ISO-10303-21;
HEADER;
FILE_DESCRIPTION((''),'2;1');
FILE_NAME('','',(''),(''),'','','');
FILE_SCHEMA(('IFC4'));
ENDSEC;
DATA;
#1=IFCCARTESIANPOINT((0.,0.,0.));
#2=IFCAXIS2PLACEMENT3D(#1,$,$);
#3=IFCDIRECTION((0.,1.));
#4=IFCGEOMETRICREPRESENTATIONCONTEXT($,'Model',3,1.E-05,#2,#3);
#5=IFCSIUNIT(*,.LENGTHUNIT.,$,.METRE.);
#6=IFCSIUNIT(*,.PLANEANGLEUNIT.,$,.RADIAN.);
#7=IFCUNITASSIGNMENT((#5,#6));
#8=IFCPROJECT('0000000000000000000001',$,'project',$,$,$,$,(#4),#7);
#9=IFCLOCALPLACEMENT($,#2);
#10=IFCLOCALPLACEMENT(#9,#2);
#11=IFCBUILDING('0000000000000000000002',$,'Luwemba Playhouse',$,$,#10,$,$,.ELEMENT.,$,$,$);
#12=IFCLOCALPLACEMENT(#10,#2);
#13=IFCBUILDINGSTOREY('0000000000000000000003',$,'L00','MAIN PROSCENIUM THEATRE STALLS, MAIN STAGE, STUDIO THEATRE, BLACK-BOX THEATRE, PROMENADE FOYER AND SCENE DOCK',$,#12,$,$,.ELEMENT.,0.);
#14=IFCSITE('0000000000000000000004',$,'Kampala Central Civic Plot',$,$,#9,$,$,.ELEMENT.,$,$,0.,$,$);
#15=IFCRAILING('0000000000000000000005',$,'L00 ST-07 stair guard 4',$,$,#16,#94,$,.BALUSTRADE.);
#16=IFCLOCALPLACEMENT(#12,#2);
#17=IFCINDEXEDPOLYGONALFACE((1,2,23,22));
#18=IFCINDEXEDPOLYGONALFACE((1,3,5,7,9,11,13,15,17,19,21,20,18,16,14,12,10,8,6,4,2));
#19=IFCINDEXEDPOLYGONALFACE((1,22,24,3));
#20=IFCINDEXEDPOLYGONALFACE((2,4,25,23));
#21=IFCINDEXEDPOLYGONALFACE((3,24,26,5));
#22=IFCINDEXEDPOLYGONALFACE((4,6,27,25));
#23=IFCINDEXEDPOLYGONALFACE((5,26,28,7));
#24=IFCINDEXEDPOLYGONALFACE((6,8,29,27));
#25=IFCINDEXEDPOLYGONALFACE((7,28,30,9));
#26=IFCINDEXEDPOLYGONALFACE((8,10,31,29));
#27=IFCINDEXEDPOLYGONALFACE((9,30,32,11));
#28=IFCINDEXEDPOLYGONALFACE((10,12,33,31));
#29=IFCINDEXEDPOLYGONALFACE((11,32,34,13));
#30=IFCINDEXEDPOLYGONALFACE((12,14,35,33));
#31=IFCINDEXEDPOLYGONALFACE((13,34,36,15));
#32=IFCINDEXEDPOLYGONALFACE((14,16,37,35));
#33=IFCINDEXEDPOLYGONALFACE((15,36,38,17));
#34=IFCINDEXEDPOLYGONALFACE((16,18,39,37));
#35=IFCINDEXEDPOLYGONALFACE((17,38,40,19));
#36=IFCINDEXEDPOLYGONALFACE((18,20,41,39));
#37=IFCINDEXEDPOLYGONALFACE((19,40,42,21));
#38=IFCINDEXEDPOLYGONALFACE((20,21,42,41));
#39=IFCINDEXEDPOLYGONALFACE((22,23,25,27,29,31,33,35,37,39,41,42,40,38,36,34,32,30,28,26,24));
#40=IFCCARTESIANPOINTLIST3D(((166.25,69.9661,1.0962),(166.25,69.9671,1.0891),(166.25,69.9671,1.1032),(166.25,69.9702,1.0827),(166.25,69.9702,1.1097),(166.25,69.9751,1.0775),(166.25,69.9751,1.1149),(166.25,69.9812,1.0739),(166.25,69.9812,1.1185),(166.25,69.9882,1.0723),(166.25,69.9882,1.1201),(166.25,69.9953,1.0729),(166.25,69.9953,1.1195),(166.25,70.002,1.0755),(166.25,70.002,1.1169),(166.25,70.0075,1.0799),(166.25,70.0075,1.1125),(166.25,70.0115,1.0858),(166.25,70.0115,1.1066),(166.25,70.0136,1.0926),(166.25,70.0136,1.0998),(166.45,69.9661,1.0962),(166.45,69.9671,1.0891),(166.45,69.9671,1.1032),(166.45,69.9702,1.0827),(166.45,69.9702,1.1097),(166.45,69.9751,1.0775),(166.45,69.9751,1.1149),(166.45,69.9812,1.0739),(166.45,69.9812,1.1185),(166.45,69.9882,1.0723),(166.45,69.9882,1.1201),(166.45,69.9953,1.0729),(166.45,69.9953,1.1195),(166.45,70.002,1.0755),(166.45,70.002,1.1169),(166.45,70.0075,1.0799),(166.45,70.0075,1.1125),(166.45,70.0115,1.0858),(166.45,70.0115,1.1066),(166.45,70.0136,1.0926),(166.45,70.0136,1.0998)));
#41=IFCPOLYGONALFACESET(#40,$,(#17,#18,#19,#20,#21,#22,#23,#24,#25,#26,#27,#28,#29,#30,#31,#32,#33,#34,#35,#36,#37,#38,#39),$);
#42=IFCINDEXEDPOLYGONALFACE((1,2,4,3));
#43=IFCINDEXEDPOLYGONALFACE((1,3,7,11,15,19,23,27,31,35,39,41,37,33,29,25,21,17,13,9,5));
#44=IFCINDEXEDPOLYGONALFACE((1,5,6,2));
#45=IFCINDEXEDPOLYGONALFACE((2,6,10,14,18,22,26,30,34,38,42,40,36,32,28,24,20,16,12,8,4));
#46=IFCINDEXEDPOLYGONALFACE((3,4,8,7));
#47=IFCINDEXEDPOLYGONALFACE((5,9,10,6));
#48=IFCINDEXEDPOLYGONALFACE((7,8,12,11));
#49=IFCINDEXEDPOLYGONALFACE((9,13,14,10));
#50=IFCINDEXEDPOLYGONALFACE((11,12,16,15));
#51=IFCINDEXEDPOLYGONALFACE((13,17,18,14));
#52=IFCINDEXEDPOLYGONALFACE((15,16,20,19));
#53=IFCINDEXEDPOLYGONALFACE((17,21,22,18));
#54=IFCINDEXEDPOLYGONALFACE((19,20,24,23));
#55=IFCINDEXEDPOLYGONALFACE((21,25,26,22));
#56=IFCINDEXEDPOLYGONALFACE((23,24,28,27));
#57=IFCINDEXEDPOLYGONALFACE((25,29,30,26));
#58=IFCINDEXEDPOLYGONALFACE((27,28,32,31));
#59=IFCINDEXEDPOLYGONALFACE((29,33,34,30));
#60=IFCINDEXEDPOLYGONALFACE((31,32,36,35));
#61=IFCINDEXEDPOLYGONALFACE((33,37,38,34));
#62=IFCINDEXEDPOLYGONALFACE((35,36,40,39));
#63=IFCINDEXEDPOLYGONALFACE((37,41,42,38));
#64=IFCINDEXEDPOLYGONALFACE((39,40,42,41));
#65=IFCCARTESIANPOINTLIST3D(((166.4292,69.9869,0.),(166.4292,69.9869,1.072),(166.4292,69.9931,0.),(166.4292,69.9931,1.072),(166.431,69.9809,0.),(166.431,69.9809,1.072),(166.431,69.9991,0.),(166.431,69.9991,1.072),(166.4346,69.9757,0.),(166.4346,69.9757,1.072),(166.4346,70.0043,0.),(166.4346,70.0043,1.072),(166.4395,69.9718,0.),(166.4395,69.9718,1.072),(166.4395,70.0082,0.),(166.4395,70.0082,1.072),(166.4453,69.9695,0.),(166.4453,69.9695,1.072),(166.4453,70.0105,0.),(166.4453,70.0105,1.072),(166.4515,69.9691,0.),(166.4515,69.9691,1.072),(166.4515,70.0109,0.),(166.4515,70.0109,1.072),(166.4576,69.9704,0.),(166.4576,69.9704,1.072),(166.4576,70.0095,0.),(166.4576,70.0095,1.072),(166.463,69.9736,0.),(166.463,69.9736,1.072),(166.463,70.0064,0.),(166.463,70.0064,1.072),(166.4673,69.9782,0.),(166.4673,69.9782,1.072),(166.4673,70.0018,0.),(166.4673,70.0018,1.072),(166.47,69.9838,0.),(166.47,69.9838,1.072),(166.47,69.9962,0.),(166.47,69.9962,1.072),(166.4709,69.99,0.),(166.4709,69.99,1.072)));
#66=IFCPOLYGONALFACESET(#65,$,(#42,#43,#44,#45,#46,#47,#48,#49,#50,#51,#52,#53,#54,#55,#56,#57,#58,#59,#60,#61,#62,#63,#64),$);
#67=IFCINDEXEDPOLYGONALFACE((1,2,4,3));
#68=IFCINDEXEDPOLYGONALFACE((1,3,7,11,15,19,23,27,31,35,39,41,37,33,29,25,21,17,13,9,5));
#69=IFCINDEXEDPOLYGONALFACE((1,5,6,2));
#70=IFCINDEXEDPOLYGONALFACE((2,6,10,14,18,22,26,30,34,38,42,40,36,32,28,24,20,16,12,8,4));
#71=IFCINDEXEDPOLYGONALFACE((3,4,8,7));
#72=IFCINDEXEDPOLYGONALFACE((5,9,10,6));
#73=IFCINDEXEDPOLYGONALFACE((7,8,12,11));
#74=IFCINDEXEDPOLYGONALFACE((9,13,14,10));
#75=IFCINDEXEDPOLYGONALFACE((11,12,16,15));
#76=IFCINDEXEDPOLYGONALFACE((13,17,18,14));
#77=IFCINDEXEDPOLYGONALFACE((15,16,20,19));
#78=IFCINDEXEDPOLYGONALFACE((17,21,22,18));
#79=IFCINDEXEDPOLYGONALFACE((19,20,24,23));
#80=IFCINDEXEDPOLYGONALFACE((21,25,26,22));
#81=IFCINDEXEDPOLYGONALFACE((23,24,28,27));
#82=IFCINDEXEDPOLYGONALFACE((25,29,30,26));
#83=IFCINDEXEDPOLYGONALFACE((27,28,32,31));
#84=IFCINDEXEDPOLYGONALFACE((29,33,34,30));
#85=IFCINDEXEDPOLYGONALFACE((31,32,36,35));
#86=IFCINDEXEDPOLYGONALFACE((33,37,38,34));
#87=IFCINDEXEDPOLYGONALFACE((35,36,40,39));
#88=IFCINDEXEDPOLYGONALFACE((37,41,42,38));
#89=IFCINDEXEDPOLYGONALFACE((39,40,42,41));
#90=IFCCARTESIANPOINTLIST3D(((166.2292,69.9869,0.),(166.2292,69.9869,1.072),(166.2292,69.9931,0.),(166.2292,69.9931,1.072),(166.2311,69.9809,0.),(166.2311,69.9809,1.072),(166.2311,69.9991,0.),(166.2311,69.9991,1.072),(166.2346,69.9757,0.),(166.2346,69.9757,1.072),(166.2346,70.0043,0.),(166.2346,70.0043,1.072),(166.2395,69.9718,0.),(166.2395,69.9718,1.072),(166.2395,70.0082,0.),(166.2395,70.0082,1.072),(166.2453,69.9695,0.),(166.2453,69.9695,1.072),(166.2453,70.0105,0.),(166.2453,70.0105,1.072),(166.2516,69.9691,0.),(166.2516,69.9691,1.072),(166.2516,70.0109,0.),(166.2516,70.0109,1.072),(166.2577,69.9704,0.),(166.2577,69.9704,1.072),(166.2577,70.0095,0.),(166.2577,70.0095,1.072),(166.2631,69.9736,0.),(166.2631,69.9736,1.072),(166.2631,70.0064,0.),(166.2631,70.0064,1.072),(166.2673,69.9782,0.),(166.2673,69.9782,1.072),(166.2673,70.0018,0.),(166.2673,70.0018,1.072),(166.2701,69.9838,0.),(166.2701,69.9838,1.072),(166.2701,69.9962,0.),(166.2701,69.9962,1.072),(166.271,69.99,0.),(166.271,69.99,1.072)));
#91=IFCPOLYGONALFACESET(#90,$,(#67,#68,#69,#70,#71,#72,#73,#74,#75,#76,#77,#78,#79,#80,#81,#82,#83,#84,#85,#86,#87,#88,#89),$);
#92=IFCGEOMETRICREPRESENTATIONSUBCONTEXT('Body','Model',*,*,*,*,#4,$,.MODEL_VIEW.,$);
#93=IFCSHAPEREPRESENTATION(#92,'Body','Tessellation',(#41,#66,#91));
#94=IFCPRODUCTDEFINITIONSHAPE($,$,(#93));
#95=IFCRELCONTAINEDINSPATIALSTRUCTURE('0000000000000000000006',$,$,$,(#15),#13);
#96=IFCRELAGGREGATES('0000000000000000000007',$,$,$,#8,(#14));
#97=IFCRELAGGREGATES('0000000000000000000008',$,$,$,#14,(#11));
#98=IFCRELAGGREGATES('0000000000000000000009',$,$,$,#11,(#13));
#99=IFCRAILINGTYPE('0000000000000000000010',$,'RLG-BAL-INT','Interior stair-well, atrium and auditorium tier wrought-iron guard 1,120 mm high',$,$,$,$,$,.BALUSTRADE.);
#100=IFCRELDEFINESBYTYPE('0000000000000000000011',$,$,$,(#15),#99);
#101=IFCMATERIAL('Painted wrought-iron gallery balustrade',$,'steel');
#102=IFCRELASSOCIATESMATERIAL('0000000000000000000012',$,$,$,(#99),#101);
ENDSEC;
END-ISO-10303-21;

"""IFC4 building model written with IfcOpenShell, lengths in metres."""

from ifc_helpers import new_model, si_unit, direction, frame, origin, origin_2d, place, context, subcontext, project, spatial, circle, extrude, material, type_object, element, save


model = new_model("IFC4")

# Units and contexts
model_context = context("Model", 3, precision=1e-05, world=origin(), true_north=direction((0.0, 1.0)))
body_context = subcontext(model_context, "Body", "Model", "MODEL_VIEW")
ifc_project = project(units=[si_unit("LENGTHUNIT", "METRE"), si_unit("PLANEANGLEUNIT", "RADIAN")], contexts=[model_context])

# Site, building, storey
site_placement = place(None, origin())
site = spatial("IfcSite", under=ifc_project, at=site_placement, Name="Kampala Central Civic Plot", CompositionType="ELEMENT", RefElevation=0.0)
building_placement = place(site_placement, origin())
building = spatial("IfcBuilding", under=site, at=building_placement, Name="Luwemba Playhouse", CompositionType="ELEMENT")
storey_placement = place(building_placement, origin())
storey = spatial("IfcBuildingStorey", under=building, at=storey_placement, Name="L00", Description="MAIN PROSCENIUM THEATRE STALLS, MAIN STAGE, STUDIO THEATRE, BLACK-BOX THEATRE, PROMENADE FOYER AND SCENE DOCK", CompositionType="ELEMENT", Elevation=0.0)

# Railing
ifc_material_1 = material(Name="Painted wrought-iron gallery balustrade", Category="steel")
railing_type_1 = type_object("IfcRailingType", Name="RLG-BAL-INT", Description="Interior stair-well, atrium and auditorium tier wrought-iron guard 1,120 mm high", PredefinedType="BALUSTRADE", material=ifc_material_1)
railing_1_placement = place(storey_placement, frame((166.45, 69.99, 0.0)))
element("IfcRailing", 1, at=railing_1_placement, inside=storey, type_object=railing_type_1, Name="L00 ST-07 stair guard 4", PredefinedType="BALUSTRADE", context=body_context, shape_type="SweptSolid", body=[
    extrude(circle(Radius=0.0239, at=origin_2d()), frame((0.0, 0.0, 1.0962), z_axis=(-1.0, 0.0, 0.0), x_axis=(0.0, -1.0, 0.0)), (0.0, 0.0, 1.0), 0.2),
    extrude(circle(Radius=0.021, at=origin_2d()), origin(), (0.0, 0.0, 1.0), 1.072),
    extrude(circle(Radius=0.021, at=origin_2d()), frame((-0.2, 0.0, 0.0)), (0.0, 0.0, 1.0), 1.072),
])

save(model, "model.ifc")
